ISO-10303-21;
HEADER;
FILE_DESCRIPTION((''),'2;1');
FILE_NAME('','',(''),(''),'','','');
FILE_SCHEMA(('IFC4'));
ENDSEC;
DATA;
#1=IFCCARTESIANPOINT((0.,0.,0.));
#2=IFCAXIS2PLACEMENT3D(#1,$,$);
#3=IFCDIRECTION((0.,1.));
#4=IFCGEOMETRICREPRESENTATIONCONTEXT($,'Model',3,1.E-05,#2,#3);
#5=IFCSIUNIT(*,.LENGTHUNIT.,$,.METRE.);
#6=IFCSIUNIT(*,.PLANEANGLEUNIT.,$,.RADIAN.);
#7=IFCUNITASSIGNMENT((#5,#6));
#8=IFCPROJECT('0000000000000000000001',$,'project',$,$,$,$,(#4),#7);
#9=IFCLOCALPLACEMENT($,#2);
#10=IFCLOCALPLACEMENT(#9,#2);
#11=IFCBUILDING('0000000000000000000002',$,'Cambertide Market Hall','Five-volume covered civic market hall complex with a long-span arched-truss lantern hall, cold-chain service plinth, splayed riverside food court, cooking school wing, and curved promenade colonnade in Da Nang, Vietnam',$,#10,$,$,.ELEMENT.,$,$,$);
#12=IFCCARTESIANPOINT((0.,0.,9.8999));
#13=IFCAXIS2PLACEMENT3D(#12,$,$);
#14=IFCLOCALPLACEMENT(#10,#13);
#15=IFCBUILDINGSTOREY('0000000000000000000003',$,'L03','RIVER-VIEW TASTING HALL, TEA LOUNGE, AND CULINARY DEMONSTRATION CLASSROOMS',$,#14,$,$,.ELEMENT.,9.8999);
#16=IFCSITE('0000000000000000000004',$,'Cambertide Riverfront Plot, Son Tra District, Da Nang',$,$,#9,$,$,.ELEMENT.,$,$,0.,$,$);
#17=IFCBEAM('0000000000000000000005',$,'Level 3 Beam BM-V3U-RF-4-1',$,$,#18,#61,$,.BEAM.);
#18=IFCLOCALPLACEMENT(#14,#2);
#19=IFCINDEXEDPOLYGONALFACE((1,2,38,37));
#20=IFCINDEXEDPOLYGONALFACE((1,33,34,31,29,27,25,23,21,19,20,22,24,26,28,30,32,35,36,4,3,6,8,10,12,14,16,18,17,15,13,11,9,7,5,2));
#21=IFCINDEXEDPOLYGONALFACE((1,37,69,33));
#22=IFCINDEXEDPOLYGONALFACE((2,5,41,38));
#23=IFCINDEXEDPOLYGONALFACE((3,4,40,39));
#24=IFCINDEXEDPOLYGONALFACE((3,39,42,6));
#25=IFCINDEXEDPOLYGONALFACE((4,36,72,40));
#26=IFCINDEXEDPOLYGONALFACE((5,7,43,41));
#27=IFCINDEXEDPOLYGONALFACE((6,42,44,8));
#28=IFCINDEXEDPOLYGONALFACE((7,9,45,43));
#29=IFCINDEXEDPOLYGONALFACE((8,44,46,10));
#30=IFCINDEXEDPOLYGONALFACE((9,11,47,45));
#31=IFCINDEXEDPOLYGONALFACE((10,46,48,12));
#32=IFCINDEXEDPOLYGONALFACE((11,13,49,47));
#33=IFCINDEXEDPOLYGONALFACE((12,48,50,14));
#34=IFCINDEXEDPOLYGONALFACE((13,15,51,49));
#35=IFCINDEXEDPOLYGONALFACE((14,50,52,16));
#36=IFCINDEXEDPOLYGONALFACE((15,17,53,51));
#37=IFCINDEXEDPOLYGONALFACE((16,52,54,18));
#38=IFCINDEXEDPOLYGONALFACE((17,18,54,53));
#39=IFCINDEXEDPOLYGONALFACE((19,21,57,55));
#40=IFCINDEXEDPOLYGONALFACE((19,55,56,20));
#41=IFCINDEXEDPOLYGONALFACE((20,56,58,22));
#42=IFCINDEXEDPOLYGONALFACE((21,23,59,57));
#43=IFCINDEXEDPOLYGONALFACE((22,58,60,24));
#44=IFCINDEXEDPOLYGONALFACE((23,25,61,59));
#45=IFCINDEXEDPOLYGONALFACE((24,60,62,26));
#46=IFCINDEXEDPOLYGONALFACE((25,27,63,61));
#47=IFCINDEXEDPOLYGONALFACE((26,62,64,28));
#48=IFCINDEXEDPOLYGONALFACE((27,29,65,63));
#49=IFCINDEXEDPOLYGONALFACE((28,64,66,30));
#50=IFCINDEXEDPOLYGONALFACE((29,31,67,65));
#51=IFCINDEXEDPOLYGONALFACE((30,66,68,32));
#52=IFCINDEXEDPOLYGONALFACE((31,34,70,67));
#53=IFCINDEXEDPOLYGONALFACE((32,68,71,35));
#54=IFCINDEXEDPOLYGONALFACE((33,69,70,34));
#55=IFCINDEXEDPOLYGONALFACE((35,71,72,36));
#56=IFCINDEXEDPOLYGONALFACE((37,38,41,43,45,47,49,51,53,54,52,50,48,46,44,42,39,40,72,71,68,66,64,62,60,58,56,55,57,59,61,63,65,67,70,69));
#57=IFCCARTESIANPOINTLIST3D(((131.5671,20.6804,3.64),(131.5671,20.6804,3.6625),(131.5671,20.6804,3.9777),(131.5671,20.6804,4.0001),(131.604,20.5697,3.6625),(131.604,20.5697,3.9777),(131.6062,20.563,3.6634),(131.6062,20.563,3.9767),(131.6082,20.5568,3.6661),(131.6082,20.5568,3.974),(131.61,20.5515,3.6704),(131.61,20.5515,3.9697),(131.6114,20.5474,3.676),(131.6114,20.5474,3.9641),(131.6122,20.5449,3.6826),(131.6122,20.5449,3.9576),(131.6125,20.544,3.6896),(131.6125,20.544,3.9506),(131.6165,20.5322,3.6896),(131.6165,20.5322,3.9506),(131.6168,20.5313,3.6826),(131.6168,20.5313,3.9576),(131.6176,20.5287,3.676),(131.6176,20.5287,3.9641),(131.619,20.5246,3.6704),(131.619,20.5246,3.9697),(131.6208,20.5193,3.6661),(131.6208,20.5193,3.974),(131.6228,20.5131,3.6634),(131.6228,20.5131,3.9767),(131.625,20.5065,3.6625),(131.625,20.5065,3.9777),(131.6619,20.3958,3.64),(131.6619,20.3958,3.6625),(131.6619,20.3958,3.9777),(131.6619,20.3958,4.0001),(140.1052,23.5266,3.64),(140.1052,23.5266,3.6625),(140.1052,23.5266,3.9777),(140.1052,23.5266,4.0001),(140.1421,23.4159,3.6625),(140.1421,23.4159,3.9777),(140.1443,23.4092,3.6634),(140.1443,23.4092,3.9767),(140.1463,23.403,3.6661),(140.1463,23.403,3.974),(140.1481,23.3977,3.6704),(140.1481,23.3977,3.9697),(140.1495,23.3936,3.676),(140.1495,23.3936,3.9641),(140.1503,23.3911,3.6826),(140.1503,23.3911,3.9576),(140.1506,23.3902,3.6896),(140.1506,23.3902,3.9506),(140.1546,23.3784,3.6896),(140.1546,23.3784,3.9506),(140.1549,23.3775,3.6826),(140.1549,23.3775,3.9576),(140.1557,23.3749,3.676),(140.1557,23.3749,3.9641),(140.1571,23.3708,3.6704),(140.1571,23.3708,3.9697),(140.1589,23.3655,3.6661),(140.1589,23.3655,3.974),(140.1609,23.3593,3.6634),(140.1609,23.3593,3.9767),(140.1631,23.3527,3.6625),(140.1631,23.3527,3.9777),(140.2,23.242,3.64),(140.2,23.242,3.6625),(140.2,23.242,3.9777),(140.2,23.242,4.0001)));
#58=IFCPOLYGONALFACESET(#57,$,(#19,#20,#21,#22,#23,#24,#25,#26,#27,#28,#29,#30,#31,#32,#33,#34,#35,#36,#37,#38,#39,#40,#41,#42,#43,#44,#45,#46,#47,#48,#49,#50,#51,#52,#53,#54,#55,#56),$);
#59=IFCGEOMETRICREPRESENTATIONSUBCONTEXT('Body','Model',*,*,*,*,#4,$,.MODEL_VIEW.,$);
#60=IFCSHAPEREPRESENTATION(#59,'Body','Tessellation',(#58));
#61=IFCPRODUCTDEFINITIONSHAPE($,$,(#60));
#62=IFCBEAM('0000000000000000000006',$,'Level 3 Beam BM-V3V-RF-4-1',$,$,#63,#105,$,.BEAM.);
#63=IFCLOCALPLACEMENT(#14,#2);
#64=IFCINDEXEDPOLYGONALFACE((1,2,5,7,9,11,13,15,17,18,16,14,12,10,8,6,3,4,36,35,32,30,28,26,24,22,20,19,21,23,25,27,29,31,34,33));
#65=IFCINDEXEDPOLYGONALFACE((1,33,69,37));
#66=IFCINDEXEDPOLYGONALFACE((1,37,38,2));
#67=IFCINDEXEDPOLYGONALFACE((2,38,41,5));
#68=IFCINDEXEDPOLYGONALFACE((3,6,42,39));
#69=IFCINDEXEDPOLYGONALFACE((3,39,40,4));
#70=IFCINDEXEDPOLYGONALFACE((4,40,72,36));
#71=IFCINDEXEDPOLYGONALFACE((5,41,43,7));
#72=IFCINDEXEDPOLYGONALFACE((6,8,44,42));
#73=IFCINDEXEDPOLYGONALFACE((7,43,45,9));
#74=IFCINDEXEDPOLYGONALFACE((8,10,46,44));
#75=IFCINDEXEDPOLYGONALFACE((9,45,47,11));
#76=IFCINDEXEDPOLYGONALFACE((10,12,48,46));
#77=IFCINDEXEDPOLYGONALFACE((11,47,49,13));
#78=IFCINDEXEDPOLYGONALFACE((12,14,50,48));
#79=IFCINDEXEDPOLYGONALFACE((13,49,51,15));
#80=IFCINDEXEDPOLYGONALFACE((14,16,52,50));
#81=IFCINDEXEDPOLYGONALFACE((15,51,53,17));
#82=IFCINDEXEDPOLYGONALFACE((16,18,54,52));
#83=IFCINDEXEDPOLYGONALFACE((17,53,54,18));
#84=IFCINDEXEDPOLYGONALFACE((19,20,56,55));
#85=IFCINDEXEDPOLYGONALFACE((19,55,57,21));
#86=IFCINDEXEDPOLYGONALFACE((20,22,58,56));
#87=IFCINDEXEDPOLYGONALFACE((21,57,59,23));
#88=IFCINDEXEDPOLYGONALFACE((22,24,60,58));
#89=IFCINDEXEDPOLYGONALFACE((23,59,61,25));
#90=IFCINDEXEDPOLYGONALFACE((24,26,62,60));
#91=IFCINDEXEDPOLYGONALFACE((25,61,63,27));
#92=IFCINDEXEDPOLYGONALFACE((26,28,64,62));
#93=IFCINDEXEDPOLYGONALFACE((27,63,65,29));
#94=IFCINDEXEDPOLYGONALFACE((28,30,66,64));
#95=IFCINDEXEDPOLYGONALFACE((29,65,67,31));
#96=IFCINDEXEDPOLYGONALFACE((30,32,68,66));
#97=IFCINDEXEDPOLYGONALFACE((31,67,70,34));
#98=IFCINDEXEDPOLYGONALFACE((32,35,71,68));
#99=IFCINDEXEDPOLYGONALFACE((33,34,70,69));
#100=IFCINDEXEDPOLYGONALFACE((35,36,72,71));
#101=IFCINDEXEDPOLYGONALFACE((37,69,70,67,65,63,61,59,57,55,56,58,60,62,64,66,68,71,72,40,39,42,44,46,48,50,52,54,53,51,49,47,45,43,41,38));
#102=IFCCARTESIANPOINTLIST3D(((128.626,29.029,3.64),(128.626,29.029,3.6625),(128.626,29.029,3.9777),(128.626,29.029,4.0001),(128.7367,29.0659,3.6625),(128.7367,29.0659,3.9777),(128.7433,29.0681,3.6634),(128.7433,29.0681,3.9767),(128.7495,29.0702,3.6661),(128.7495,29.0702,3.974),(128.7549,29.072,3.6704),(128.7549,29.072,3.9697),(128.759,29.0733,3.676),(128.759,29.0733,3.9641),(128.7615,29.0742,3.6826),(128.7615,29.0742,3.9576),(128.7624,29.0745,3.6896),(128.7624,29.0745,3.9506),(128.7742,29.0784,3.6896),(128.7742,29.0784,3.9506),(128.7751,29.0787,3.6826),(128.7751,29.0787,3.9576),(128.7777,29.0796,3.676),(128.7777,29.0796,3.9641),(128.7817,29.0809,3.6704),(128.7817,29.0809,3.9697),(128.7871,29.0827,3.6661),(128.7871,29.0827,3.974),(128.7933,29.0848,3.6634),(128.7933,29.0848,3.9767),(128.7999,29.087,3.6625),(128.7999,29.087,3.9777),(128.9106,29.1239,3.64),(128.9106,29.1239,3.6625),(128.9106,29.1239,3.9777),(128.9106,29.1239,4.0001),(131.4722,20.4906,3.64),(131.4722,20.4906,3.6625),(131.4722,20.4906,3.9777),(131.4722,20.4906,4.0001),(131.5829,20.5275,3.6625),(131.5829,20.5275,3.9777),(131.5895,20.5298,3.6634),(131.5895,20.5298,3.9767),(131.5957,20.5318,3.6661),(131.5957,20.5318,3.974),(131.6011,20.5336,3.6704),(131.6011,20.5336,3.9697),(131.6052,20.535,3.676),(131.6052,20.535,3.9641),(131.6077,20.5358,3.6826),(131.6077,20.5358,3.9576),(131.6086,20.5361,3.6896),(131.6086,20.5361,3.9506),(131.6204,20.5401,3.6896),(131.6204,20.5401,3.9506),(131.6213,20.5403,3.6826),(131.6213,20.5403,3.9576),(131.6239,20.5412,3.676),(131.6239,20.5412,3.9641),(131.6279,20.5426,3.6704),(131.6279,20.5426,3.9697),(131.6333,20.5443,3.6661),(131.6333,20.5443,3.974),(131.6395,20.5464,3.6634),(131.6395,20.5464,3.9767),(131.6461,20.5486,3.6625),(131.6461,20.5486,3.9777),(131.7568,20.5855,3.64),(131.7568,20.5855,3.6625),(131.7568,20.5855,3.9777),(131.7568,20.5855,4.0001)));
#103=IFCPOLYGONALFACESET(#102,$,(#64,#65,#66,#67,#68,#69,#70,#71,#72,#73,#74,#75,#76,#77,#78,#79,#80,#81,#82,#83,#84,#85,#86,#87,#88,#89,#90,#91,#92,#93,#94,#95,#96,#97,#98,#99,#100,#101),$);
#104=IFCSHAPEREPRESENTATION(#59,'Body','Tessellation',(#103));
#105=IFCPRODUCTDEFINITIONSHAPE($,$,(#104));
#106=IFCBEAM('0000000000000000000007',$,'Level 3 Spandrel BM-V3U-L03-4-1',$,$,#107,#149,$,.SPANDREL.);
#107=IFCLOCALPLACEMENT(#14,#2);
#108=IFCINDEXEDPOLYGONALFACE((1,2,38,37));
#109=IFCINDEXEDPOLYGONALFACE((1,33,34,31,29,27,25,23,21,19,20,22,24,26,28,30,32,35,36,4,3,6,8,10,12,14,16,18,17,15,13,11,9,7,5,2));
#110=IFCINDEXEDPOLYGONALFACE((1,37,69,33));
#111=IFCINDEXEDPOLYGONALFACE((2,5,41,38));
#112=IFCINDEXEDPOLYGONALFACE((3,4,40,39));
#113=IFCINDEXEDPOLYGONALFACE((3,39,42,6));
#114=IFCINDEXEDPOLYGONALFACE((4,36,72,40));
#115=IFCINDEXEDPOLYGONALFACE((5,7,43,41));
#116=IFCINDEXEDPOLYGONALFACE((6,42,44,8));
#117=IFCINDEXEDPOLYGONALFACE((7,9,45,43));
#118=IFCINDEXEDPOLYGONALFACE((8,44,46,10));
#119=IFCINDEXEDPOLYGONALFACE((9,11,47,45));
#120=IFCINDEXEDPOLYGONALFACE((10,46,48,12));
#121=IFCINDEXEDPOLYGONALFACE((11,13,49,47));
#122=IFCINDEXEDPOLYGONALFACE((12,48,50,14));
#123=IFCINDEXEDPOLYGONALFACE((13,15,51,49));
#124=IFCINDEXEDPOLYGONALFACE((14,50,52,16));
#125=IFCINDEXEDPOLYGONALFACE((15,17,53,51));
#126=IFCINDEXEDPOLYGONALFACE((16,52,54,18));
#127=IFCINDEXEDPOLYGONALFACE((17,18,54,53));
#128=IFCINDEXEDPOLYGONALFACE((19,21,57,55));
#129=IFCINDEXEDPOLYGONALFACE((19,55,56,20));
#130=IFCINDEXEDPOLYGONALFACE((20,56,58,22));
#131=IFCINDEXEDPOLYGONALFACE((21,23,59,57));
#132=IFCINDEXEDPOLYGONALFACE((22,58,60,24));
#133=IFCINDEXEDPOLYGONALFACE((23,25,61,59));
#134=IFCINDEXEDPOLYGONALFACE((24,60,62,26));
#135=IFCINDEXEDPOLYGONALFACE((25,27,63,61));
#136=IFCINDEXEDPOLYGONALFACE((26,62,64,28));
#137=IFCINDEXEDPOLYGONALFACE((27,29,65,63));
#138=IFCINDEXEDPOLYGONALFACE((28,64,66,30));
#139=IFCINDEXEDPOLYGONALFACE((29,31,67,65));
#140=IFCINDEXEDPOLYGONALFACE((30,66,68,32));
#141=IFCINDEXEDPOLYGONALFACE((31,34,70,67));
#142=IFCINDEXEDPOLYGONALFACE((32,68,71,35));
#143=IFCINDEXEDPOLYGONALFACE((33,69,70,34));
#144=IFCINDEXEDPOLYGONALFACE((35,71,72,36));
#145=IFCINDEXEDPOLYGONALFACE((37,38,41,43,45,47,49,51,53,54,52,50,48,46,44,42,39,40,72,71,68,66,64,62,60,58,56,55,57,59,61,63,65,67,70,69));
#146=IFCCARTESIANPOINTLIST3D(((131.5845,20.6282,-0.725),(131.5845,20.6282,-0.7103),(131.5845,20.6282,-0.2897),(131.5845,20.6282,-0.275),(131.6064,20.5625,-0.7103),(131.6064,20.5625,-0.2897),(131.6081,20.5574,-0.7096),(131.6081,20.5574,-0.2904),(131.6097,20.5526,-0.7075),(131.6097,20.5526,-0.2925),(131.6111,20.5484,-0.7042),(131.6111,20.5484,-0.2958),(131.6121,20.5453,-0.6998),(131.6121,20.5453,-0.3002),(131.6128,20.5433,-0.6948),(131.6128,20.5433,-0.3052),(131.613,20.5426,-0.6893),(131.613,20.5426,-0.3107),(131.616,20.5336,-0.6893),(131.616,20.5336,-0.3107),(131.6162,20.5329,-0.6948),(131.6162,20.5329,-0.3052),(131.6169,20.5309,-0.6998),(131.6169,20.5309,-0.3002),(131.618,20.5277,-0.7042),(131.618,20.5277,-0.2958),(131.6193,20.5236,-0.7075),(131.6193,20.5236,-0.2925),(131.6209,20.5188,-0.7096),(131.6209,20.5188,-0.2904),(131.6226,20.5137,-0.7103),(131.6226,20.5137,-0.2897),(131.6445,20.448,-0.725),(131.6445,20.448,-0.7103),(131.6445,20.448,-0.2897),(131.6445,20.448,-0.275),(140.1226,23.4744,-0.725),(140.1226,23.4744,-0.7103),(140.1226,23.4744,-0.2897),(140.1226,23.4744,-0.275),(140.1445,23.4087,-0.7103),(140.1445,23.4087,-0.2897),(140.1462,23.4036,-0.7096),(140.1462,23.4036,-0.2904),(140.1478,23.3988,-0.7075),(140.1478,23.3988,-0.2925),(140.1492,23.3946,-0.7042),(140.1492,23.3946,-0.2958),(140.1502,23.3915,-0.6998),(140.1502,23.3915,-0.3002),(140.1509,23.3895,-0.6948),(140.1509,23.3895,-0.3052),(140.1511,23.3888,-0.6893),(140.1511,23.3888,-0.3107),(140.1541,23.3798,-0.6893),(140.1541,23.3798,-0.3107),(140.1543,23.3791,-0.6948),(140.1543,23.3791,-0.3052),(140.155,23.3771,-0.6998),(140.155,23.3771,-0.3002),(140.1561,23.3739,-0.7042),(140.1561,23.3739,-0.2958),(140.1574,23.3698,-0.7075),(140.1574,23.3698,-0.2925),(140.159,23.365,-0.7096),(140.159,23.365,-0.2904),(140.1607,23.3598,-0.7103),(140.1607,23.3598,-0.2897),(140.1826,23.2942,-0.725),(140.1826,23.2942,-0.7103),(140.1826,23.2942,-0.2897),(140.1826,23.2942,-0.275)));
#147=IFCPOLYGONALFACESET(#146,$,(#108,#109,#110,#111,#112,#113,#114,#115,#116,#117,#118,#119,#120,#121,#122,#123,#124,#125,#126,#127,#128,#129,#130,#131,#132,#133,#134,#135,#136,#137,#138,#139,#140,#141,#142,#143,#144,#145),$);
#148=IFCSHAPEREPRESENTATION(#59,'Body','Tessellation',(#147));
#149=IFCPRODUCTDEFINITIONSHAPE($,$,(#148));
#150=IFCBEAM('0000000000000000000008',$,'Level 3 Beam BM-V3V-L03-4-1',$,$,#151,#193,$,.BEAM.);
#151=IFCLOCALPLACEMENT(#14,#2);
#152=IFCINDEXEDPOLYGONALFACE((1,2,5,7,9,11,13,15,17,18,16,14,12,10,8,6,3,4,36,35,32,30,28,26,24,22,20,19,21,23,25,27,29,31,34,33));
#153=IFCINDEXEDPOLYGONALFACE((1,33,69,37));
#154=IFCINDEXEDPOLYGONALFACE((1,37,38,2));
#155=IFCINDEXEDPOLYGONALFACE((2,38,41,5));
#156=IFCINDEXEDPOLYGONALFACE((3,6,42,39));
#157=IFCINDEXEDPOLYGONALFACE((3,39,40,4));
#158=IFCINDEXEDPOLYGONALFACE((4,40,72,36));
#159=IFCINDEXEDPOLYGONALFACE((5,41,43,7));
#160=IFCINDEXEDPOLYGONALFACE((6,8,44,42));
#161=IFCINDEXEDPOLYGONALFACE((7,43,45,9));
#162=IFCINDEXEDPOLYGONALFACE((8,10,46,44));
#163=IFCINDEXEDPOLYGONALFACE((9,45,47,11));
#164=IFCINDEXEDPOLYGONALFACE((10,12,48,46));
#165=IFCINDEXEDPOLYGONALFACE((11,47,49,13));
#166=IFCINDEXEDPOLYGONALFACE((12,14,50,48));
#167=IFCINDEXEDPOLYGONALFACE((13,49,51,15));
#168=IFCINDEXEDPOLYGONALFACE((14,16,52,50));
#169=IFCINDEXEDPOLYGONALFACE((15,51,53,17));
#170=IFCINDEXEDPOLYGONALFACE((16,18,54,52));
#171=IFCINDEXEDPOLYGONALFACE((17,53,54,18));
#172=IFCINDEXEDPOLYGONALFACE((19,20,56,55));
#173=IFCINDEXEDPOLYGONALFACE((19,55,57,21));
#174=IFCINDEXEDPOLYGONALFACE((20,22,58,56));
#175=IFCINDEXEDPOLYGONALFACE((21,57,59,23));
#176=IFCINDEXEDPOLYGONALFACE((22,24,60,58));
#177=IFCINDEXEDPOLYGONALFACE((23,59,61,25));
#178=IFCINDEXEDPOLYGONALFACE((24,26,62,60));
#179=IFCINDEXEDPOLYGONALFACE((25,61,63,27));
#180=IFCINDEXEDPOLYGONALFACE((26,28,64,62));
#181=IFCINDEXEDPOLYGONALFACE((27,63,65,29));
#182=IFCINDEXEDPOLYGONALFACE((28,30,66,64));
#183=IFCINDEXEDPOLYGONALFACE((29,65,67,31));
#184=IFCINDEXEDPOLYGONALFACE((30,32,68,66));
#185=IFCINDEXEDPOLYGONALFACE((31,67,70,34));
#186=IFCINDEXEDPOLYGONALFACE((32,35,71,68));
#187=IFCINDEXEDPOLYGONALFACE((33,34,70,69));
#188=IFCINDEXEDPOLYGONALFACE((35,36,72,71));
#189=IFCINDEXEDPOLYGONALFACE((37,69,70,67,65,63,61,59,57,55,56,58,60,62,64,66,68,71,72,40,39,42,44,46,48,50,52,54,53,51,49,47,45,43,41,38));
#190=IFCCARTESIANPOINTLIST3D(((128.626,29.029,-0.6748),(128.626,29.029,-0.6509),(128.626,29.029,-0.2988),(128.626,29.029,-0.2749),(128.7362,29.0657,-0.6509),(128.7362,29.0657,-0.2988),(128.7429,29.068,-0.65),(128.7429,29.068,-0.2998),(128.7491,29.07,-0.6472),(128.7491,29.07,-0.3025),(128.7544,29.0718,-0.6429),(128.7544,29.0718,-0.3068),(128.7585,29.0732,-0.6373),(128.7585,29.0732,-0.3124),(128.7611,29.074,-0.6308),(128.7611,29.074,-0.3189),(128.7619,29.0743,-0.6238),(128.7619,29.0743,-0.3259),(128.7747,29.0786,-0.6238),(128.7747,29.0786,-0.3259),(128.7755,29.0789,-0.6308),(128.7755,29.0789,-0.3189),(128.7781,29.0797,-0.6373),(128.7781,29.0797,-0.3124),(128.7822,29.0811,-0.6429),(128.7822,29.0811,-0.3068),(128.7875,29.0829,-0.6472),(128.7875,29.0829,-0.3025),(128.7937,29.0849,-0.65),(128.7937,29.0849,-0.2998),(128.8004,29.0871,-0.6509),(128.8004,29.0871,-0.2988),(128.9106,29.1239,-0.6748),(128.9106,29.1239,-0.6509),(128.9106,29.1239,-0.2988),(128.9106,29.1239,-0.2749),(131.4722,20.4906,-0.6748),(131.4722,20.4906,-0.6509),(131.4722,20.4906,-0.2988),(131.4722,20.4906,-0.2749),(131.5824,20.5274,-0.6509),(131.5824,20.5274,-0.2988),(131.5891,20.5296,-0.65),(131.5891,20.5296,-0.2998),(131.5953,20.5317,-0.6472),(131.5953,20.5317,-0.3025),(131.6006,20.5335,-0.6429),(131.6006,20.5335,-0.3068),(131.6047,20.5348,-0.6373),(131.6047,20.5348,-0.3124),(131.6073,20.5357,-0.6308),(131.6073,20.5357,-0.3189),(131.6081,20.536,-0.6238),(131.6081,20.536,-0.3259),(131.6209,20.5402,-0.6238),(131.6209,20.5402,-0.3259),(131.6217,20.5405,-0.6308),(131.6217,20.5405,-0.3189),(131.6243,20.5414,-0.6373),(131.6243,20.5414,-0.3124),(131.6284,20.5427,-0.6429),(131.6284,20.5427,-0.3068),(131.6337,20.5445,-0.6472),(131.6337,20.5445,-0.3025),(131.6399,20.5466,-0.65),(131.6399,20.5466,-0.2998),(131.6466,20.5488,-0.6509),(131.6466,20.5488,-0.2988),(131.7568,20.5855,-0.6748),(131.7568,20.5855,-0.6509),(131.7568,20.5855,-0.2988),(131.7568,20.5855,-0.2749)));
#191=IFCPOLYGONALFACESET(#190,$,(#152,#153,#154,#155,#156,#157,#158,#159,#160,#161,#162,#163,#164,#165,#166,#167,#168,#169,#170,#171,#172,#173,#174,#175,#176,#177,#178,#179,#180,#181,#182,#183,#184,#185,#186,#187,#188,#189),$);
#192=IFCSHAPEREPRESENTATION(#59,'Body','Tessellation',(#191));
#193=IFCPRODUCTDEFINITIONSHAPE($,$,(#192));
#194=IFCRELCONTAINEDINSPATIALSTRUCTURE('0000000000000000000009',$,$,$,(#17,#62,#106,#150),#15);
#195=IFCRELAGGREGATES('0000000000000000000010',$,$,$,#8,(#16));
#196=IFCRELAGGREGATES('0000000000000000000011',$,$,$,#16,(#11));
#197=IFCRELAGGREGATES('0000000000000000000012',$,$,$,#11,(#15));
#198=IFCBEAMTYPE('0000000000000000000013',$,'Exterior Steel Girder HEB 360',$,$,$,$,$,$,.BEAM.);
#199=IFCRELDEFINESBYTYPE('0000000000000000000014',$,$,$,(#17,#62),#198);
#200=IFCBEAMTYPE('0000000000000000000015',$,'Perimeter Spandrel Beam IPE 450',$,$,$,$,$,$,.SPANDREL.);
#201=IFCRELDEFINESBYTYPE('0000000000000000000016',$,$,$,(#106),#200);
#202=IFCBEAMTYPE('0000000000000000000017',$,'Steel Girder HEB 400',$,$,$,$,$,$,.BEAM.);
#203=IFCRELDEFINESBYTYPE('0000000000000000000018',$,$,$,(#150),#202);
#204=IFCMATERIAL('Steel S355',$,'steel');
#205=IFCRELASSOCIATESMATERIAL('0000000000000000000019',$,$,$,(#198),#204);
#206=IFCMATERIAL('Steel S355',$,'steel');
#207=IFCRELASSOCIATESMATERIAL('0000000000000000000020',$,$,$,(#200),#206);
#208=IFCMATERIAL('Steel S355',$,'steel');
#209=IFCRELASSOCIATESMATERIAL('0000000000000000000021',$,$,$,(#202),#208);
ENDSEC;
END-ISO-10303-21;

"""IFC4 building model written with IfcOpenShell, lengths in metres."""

from ifc_helpers import new_model, si_unit, direction, frame, origin, origin_2d, place, context, subcontext, project, spatial, i_section, extrude, material, material_profile, profile_set, type_object, element, save


model = new_model("IFC4")

# Units and contexts
model_context = context("Model", 3, precision=1e-05, world=origin(), true_north=direction((0.0, 1.0)))
body_context = subcontext(model_context, "Body", "Model", "MODEL_VIEW")
ifc_project = project(units=[si_unit("LENGTHUNIT", "METRE"), si_unit("PLANEANGLEUNIT", "RADIAN")], contexts=[model_context])

# Site, building, storey
site_placement = place(None, origin())
site = spatial("IfcSite", under=ifc_project, at=site_placement, Name="Cambertide Riverfront Plot, Son Tra District, Da Nang", CompositionType="ELEMENT", RefElevation=0.0)
building_placement = place(site_placement, origin())
building = spatial("IfcBuilding", under=site, at=building_placement, Name="Cambertide Market Hall", Description="Five-volume covered civic market hall complex with a long-span arched-truss lantern hall, cold-chain service plinth, splayed riverside food court, cooking school wing, and curved promenade colonnade in Da Nang, Vietnam", CompositionType="ELEMENT")
storey_placement = place(building_placement, frame((0.0, 0.0, 9.8999)))
storey = spatial("IfcBuildingStorey", under=building, at=storey_placement, Name="L03", Description="RIVER-VIEW TASTING HALL, TEA LOUNGE, AND CULINARY DEMONSTRATION CLASSROOMS", CompositionType="ELEMENT", Elevation=9.8999)

# Beams
ifc_material_1 = material(Name="Steel S355", Category="steel")
ifc_material_profile_1 = material_profile(ifc_material_1, i_section(OverallWidth=0.3, OverallDepth=0.3601, WebThickness=0.0125, FlangeThickness=0.0225, FilletRadius=0.0271, at=origin_2d()), Name="HEB 360")
ifc_profile_set_1 = profile_set([ifc_material_profile_1], Name="Steel S355")
beam_type_1 = type_object("IfcBeamType", Name="Exterior Steel Girder HEB 360", PredefinedType="BEAM", material=ifc_profile_set_1)
beam_1_placement = place(storey_placement, frame((131.6145, 20.5381, 3.8201), z_axis=(0.948678, 0.316244, 0.0), x_axis=(-0.316244, 0.948678, 0.0)))
element("IfcBeam", 1, at=beam_1_placement, inside=storey, type_object=beam_type_1, Name="Level 3 Beam BM-V3U-RF-4-1", PredefinedType="BEAM", context=body_context, shape_type="SweptSolid", body=[
    extrude(i_section(OverallWidth=0.3, OverallDepth=0.3601, WebThickness=0.0125, FlangeThickness=0.0225, FilletRadius=0.0271, at=origin_2d()), origin(), (0.0, 0.0, 1.0), 9.0),
])
beam_2_placement = place(storey_placement, frame((131.6145, 20.5381, 3.8201), z_axis=(-0.316236, 0.948681, 0.0), x_axis=(-0.948681, -0.316236, 0.0)))
element("IfcBeam", 2, at=beam_2_placement, inside=storey, type_object=beam_type_1, Name="Level 3 Beam BM-V3V-RF-4-1", PredefinedType="BEAM", context=body_context, shape_type="SweptSolid", body=[
    extrude(i_section(OverallWidth=0.3, OverallDepth=0.3601, WebThickness=0.0125, FlangeThickness=0.0225, FilletRadius=0.0271, at=origin_2d()), origin(), (0.0, 0.0, 1.0), 9.0002),
])
ifc_material_2 = material(Name="Steel S355", Category="steel")
ifc_material_profile_2 = material_profile(ifc_material_2, i_section(OverallWidth=0.1899, OverallDepth=0.45, WebThickness=0.0095, FlangeThickness=0.0146, FilletRadius=0.021, at=origin_2d()), Name="IPE 450")
ifc_profile_set_2 = profile_set([ifc_material_profile_2], Name="Steel S355")
beam_type_2 = type_object("IfcBeamType", Name="Perimeter Spandrel Beam IPE 450", PredefinedType="SPANDREL", material=ifc_profile_set_2)
beam_3_placement = place(storey_placement, frame((131.6145, 20.5381, -0.5), z_axis=(0.948678, 0.316244, 0.0), x_axis=(-0.316244, 0.948678, 0.0)))
element("IfcBeam", 3, at=beam_3_placement, inside=storey, type_object=beam_type_2, Name="Level 3 Spandrel BM-V3U-L03-4-1", PredefinedType="SPANDREL", context=body_context, shape_type="SweptSolid", body=[
    extrude(i_section(OverallWidth=0.1899, OverallDepth=0.45, WebThickness=0.0095, FlangeThickness=0.0146, FilletRadius=0.021, at=origin_2d()), origin(), (0.0, 0.0, 1.0), 9.0),
])
ifc_material_3 = material(Name="Steel S355", Category="steel")
ifc_material_profile_3 = material_profile(ifc_material_3, i_section(OverallWidth=0.3, OverallDepth=0.3999, WebThickness=0.0134, FlangeThickness=0.0239, FilletRadius=0.0271, at=origin_2d()), Name="HEB 400")
ifc_profile_set_3 = profile_set([ifc_material_profile_3], Name="Steel S355")
beam_type_3 = type_object("IfcBeamType", Name="Steel Girder HEB 400", PredefinedType="BEAM", material=ifc_profile_set_3)
beam_4_placement = place(storey_placement, frame((131.6145, 20.5381, -0.4749), z_axis=(-0.316236, 0.948681, 0.0), x_axis=(-0.948681, -0.316236, 0.0)))
element("IfcBeam", 4, at=beam_4_placement, inside=storey, type_object=beam_type_3, Name="Level 3 Beam BM-V3V-L03-4-1", PredefinedType="BEAM", context=body_context, shape_type="SweptSolid", body=[
    extrude(i_section(OverallWidth=0.3, OverallDepth=0.3999, WebThickness=0.0134, FlangeThickness=0.0239, FilletRadius=0.0271, at=origin_2d()), origin(), (0.0, 0.0, 1.0), 9.0002),
])

save(model, "model.ifc")
